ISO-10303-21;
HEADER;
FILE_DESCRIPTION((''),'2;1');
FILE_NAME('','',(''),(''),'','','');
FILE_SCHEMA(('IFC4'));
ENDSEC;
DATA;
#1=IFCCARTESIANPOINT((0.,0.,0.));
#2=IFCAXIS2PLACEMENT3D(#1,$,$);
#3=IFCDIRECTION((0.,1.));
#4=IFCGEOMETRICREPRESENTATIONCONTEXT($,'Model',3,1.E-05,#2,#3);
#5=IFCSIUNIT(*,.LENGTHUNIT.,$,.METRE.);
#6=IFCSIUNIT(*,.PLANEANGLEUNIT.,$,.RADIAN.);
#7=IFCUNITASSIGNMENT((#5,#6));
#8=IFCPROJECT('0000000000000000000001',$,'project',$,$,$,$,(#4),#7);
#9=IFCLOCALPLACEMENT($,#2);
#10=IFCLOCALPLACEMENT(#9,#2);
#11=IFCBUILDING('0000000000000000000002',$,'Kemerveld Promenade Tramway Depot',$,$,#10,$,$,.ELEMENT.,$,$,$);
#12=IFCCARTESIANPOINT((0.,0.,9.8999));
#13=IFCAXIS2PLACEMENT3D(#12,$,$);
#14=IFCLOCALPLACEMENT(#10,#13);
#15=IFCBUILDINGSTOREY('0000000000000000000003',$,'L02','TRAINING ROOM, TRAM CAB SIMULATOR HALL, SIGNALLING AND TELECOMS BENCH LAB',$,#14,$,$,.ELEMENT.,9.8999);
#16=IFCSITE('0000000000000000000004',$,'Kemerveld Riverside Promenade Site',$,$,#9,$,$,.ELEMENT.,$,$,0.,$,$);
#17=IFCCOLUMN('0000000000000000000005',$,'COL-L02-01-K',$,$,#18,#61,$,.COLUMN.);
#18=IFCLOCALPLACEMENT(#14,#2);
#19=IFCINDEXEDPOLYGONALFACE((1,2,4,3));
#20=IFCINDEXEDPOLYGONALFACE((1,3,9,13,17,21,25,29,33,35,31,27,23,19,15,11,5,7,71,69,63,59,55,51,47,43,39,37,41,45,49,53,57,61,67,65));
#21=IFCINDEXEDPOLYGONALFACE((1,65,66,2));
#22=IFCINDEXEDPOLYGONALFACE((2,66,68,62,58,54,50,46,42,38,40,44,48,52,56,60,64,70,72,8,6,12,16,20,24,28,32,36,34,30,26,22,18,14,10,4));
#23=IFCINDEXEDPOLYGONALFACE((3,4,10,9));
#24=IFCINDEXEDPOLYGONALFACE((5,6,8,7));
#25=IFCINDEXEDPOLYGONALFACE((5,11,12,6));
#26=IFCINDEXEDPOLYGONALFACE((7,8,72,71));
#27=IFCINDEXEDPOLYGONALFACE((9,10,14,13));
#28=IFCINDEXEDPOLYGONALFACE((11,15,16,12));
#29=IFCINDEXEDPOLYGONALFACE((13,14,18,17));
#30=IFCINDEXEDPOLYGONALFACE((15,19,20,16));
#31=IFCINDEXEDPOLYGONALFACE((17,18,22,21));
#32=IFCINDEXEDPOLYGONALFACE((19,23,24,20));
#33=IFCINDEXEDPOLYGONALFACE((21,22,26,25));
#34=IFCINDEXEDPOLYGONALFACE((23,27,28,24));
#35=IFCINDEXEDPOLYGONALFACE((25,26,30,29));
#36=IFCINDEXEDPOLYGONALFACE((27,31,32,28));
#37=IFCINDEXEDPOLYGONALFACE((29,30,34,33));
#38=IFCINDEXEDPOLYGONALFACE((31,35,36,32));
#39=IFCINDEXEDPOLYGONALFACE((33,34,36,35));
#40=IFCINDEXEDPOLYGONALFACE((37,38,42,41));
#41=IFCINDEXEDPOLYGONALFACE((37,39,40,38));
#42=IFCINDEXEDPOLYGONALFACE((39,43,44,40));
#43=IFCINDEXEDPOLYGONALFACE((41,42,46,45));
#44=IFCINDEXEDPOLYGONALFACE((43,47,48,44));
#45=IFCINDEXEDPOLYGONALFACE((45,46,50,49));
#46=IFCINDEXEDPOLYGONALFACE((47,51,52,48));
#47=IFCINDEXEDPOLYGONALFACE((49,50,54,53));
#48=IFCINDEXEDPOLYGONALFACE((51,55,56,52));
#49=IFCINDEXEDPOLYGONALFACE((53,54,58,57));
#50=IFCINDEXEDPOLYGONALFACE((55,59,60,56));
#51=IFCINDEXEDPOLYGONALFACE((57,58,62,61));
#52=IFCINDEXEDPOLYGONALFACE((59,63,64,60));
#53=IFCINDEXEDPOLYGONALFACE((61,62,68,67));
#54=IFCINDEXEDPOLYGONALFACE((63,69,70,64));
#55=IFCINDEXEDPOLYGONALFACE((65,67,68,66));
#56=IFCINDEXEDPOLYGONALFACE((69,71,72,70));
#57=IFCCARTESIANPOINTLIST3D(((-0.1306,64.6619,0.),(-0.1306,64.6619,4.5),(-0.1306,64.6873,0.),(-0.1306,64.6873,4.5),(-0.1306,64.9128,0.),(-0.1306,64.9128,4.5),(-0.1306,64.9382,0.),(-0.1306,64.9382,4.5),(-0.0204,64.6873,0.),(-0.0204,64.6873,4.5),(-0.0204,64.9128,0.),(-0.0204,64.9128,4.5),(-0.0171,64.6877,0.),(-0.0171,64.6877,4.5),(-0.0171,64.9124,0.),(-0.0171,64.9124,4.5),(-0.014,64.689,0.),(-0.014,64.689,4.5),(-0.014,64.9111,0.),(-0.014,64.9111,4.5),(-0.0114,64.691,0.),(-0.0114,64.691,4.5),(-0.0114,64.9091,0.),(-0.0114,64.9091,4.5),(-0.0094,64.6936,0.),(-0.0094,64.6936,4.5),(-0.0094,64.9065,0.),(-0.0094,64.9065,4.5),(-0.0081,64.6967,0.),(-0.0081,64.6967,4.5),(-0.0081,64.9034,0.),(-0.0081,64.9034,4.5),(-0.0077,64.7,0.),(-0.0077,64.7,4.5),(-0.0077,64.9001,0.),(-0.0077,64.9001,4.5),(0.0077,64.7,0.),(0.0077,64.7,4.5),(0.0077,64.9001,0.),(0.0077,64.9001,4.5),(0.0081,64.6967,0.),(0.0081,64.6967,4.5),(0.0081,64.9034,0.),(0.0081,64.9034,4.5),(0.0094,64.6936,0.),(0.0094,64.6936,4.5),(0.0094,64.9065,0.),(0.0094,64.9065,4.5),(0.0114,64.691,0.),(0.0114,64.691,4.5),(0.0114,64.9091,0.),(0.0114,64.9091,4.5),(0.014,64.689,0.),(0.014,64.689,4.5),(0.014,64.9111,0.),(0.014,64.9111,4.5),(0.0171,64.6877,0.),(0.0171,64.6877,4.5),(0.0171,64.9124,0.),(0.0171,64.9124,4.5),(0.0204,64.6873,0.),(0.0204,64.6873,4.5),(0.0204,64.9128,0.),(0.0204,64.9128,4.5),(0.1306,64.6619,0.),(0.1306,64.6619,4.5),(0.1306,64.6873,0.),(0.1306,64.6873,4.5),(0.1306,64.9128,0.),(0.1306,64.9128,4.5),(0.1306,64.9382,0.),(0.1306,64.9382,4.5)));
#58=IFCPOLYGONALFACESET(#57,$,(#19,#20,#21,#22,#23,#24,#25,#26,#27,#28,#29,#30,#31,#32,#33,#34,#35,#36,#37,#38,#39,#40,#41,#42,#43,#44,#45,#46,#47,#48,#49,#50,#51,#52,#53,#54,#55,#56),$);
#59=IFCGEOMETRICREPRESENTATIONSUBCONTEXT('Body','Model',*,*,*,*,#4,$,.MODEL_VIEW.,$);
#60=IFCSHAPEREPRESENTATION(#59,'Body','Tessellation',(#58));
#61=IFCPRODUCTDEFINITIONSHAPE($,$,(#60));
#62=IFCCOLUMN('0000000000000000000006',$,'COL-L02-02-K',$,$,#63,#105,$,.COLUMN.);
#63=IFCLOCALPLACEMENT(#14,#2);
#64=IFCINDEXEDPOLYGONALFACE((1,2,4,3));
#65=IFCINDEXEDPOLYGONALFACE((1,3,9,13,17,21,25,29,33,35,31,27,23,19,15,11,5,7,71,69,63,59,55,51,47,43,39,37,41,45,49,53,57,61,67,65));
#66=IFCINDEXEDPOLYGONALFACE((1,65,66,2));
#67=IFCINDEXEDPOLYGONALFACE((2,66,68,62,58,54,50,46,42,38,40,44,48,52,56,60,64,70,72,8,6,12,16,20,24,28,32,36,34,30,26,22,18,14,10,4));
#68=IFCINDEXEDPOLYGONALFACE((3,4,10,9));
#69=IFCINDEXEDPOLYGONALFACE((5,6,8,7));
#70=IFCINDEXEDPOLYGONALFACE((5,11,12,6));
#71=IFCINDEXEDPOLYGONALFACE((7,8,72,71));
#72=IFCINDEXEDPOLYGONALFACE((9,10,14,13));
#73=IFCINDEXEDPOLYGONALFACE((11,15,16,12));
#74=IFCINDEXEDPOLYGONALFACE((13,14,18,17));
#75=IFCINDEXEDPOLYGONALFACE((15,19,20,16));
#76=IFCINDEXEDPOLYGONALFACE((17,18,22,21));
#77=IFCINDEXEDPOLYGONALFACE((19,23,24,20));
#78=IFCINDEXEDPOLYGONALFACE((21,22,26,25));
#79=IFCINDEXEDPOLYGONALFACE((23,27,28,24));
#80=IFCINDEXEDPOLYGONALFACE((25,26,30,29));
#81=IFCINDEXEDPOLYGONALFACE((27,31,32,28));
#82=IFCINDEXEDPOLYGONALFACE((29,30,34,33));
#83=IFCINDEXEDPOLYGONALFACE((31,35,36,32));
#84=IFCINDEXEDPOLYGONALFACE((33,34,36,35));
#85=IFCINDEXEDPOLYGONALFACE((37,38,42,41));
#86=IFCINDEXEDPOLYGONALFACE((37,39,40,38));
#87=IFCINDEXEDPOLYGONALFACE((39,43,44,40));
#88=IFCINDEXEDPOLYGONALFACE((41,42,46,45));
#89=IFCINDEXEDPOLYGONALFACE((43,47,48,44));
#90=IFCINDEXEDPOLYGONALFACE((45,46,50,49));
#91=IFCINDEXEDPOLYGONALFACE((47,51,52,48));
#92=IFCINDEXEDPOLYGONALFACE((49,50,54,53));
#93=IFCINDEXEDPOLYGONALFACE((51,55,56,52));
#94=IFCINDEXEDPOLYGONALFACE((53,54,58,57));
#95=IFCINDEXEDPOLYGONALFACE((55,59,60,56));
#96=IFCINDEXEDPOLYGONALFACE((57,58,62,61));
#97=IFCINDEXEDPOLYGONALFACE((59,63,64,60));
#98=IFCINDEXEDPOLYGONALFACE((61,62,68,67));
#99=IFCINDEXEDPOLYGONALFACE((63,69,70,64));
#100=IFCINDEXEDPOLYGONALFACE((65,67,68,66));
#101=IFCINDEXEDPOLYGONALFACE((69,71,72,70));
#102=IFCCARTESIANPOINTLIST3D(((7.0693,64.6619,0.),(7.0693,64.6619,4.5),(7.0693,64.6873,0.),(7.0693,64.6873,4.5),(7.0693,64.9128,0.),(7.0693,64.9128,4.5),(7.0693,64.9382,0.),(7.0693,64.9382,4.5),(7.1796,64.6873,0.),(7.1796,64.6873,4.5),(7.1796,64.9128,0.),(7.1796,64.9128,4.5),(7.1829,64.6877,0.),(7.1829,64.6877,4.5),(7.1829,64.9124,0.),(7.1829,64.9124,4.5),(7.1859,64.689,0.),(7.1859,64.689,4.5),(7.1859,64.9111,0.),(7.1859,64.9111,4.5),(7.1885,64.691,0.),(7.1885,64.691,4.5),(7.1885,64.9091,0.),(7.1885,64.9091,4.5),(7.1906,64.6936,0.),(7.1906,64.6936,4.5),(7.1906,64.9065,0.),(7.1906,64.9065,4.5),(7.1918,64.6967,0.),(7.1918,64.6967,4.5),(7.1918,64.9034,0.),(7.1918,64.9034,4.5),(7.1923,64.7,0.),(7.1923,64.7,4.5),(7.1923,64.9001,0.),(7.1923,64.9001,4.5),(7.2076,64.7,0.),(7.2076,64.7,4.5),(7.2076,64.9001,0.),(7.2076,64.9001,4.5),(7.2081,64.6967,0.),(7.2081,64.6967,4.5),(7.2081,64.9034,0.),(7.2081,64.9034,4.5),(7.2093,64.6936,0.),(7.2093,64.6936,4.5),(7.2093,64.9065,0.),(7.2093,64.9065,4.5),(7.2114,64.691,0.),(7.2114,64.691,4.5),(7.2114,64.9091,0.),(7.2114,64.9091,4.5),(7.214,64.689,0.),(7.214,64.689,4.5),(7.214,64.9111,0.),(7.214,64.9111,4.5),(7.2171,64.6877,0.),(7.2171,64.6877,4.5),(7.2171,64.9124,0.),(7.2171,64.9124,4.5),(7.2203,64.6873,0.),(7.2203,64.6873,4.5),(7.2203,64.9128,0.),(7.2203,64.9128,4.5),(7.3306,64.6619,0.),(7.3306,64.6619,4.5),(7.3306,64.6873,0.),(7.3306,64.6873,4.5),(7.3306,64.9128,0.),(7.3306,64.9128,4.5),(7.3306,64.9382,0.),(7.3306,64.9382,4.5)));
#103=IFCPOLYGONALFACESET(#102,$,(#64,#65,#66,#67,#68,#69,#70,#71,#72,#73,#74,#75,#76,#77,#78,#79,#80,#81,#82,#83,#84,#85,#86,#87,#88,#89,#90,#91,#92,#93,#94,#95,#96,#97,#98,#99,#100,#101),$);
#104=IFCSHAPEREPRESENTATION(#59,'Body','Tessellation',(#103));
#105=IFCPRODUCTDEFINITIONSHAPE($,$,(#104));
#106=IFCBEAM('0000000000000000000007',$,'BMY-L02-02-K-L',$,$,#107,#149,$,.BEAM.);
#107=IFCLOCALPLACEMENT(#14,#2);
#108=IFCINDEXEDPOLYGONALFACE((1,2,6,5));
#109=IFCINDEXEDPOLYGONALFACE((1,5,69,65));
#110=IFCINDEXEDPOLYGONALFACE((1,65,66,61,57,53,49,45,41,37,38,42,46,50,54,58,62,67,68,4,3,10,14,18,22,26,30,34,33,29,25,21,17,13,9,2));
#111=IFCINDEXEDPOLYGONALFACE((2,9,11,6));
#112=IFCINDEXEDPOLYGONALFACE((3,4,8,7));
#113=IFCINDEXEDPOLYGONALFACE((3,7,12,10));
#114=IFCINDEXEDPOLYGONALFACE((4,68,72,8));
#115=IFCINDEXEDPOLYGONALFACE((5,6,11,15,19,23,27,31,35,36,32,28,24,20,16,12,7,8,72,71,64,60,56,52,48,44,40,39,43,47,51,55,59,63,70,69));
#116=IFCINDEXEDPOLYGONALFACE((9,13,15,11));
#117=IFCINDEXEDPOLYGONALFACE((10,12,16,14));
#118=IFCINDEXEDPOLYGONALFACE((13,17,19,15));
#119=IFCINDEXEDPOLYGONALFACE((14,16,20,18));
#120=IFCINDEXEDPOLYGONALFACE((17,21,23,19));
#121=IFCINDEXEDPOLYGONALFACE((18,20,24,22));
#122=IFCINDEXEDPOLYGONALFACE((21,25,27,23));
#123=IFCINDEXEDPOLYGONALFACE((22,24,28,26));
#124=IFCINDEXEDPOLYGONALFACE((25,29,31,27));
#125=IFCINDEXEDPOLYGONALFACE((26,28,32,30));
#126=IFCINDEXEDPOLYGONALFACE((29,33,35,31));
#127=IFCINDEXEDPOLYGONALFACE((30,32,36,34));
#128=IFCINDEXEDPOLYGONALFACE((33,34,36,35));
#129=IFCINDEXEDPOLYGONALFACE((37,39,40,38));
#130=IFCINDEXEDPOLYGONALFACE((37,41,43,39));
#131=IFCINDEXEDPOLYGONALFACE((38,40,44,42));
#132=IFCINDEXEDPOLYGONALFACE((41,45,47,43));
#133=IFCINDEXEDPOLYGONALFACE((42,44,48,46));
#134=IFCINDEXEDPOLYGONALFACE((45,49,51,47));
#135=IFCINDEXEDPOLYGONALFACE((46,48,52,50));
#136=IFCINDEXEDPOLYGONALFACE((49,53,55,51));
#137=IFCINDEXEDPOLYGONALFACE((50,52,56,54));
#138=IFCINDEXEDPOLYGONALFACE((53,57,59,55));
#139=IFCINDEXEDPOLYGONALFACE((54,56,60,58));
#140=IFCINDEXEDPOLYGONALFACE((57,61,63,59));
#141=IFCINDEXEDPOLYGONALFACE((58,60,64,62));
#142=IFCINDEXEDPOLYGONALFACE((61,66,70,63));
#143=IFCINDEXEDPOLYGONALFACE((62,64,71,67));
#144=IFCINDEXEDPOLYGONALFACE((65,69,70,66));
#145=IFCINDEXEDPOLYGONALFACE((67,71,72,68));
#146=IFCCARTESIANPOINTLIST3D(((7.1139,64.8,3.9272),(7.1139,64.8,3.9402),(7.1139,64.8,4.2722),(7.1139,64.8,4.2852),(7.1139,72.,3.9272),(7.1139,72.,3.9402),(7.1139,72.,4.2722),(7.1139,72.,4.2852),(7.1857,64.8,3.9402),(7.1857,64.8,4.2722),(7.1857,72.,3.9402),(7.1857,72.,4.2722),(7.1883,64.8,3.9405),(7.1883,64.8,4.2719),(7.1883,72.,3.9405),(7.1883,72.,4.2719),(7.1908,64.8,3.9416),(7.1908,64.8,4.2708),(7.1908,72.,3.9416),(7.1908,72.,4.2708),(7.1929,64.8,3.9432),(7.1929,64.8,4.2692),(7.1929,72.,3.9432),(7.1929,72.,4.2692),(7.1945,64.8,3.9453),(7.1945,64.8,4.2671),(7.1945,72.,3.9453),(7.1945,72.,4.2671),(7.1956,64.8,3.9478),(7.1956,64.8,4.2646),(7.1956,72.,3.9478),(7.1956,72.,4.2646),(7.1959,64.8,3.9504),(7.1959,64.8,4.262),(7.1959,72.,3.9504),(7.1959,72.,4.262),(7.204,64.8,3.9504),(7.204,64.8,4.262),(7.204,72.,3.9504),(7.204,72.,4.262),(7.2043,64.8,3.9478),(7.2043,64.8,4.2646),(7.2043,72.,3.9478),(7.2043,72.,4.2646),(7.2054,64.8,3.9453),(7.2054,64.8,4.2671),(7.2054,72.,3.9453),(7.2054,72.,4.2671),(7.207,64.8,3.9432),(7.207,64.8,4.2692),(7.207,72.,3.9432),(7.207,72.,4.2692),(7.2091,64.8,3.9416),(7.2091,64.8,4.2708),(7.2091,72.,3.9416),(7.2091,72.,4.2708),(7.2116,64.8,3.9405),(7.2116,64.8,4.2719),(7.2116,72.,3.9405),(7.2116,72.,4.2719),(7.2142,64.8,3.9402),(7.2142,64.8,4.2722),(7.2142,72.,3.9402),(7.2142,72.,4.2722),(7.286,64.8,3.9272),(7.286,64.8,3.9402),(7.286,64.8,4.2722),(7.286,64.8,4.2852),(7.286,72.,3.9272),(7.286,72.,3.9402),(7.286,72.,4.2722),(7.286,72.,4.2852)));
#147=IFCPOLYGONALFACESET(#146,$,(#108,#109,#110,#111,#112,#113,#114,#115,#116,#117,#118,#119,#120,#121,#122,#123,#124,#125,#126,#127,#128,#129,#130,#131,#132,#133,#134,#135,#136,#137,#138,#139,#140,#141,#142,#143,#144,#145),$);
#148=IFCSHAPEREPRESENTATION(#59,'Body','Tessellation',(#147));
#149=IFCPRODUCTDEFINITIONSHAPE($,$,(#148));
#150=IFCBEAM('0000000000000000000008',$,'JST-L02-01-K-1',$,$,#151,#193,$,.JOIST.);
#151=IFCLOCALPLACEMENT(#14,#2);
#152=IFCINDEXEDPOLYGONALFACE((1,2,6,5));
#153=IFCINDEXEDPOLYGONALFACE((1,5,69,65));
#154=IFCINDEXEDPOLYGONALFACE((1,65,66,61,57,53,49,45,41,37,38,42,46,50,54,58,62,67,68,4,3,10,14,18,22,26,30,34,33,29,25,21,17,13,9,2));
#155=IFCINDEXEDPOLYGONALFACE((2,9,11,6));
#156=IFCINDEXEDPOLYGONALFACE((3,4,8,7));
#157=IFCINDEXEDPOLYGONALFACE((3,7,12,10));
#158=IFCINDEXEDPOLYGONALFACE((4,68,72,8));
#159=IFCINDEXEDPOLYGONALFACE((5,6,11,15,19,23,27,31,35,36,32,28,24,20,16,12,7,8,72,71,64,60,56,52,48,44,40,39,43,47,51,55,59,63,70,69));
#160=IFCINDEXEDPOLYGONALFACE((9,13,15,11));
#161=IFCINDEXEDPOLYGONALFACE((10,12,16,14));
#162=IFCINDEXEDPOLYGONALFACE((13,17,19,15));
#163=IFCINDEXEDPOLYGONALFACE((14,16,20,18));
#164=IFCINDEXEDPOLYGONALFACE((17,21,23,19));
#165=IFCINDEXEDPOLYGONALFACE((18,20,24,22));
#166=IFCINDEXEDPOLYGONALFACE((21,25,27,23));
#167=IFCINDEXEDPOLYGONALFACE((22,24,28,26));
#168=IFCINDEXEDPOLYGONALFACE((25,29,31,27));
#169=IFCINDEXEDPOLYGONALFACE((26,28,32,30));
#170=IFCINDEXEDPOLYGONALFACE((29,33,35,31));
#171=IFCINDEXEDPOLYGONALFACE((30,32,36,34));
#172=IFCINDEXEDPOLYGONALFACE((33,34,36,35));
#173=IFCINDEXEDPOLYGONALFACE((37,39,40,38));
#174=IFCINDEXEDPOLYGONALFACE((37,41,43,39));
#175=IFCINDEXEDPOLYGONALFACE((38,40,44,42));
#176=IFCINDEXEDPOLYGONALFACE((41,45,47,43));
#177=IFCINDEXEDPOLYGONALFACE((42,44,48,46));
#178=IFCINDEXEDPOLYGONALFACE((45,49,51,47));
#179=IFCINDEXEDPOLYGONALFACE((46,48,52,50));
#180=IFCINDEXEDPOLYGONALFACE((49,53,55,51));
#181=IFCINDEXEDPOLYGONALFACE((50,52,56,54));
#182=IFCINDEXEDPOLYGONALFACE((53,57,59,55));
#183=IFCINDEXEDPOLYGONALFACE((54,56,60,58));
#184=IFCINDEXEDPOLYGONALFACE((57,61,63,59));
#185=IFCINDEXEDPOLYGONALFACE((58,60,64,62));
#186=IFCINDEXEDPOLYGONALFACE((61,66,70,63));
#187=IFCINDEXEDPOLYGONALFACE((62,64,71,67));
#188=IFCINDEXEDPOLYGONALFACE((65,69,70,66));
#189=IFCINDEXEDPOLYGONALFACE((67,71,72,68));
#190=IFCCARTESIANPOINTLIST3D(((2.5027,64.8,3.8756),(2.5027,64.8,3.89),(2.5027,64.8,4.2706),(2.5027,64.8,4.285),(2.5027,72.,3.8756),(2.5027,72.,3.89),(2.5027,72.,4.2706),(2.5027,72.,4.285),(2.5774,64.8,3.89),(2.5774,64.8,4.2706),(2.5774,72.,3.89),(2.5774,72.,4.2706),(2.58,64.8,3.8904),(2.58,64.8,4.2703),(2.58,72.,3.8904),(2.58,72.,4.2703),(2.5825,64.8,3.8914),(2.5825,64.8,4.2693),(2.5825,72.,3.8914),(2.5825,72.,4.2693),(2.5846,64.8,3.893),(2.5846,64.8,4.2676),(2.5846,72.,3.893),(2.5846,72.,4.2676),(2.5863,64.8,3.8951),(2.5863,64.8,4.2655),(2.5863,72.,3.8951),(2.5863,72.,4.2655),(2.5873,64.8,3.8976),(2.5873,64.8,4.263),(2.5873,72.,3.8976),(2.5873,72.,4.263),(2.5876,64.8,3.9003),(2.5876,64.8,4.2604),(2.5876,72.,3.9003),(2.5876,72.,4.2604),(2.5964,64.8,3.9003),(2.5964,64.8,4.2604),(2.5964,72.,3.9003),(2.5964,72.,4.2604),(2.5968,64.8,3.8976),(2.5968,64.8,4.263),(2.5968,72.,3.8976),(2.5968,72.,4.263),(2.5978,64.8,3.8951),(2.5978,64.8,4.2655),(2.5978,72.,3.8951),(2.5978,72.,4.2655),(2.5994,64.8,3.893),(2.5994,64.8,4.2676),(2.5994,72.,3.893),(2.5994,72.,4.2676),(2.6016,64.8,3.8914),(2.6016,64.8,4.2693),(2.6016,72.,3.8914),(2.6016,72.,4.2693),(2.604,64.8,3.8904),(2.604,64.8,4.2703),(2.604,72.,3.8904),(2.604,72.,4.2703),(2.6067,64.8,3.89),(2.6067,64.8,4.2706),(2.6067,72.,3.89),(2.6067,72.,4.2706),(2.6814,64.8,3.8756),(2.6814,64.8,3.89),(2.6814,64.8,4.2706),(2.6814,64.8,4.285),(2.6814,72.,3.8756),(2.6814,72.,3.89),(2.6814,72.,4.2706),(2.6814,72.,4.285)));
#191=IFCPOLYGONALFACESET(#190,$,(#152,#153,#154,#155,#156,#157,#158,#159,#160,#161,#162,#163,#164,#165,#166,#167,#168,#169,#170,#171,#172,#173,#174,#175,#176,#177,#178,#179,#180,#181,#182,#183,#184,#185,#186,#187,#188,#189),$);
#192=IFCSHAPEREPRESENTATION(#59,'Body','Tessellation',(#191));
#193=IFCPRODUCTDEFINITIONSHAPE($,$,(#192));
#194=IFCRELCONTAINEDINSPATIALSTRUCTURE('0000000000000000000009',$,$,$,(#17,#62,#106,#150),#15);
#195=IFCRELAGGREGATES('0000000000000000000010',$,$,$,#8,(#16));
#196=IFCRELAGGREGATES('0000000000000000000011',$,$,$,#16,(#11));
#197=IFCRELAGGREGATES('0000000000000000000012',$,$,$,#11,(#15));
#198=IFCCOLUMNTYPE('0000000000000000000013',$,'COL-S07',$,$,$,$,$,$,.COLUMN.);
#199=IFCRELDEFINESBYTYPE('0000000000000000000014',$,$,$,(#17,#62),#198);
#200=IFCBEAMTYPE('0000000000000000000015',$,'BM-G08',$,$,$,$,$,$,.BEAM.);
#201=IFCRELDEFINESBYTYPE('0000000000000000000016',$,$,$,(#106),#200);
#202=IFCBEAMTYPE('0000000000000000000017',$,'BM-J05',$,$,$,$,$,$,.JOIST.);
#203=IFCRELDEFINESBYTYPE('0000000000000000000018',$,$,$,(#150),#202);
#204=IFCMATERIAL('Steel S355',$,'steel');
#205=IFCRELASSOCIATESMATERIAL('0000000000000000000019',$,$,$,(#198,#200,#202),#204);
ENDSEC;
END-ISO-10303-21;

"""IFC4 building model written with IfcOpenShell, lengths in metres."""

from ifc_helpers import new_model, si_unit, direction, frame, origin, origin_2d, place, context, subcontext, project, spatial, i_section, extrude, material, material_profile, profile_set, type_object, element, save


model = new_model("IFC4")

# Units and contexts
model_context = context("Model", 3, precision=1e-05, world=origin(), true_north=direction((0.0, 1.0)))
body_context = subcontext(model_context, "Body", "Model", "MODEL_VIEW")
ifc_project = project(units=[si_unit("LENGTHUNIT", "METRE"), si_unit("PLANEANGLEUNIT", "RADIAN")], contexts=[model_context])

# Site, building, storey
site_placement = place(None, origin())
site = spatial("IfcSite", under=ifc_project, at=site_placement, Name="Kemerveld Riverside Promenade Site", CompositionType="ELEMENT", RefElevation=0.0)
building_placement = place(site_placement, origin())
building = spatial("IfcBuilding", under=site, at=building_placement, Name="Kemerveld Promenade Tramway Depot", CompositionType="ELEMENT")
storey_placement = place(building_placement, frame((0.0, 0.0, 9.8999)))
storey = spatial("IfcBuildingStorey", under=building, at=storey_placement, Name="L02", Description="TRAINING ROOM, TRAM CAB SIMULATOR HALL, SIGNALLING AND TELECOMS BENCH LAB", CompositionType="ELEMENT", Elevation=9.8999)

# Columns
ifc_material_1 = material(Name="Steel S355", Category="steel")
ifc_material_profile_1 = material_profile(ifc_material_1, i_section(OverallWidth=0.2612, OverallDepth=0.2764, WebThickness=0.0154, FlangeThickness=0.0254, FilletRadius=0.0127, at=origin_2d()), Name="254x254x132 UC")
ifc_profile_set_1 = profile_set([ifc_material_profile_1], Name="Steel S355")
column_type = type_object("IfcColumnType", Name="COL-S07", PredefinedType="COLUMN", material=ifc_profile_set_1)
for number, where, z_axis, x_axis, name in (
    (1, (0.0, 64.8, 0.0), (0.0, 0.0, 1.0), (1.0, 0.0, 0.0), "COL-L02-01-K"),
    (2, (7.2, 64.8, 0.0), (0.0, 0.0, 1.0), (1.0, 0.0, 0.0), "COL-L02-02-K"),
):
    element("IfcColumn", number, at=place(storey_placement, frame(where, z_axis=z_axis, x_axis=x_axis)), inside=storey, type_object=column_type, Name=name, PredefinedType="COLUMN", context=body_context, shape_type="SweptSolid", body=[
        extrude(i_section(OverallWidth=0.2612, OverallDepth=0.2764, WebThickness=0.0154, FlangeThickness=0.0254, FilletRadius=0.0127, at=origin_2d()), origin(), (0.0, 0.0, 1.0), 4.5),
    ])

# Beams
ifc_material_profile_2 = material_profile(ifc_material_1, i_section(OverallWidth=0.1721, OverallDepth=0.3579, WebThickness=0.0081, FlangeThickness=0.0129, FilletRadius=0.0103, at=origin_2d()), Name="356x171x57 UB")
ifc_profile_set_2 = profile_set([ifc_material_profile_2], Name="Steel S355")
beam_type_1 = type_object("IfcBeamType", Name="BM-G08", PredefinedType="BEAM", material=ifc_profile_set_2)
beam_1_placement = place(storey_placement, frame((7.2, 64.8, 4.1062), z_axis=(0.0, 1.0, 0.0), x_axis=(-1.0, 0.0, 0.0)))
element("IfcBeam", 3, at=beam_1_placement, inside=storey, type_object=beam_type_1, Name="BMY-L02-02-K-L", PredefinedType="BEAM", context=body_context, shape_type="SweptSolid", body=[
    extrude(i_section(OverallWidth=0.1721, OverallDepth=0.3579, WebThickness=0.0081, FlangeThickness=0.0129, FilletRadius=0.0103, at=origin_2d()), origin(), (0.0, 0.0, 1.0), 7.2),
])
ifc_material_profile_3 = material_profile(ifc_material_1, i_section(OverallWidth=0.1787, OverallDepth=0.4094, WebThickness=0.0088, FlangeThickness=0.0144, FilletRadius=0.0103, at=origin_2d()), Name="406x178x67 UB")
ifc_profile_set_3 = profile_set([ifc_material_profile_3], Name="Steel S355")
beam_type_2 = type_object("IfcBeamType", Name="BM-J05", PredefinedType="JOIST", material=ifc_profile_set_3)
for number, where, z_axis, x_axis, name in (
    (4, (2.592, 64.8, 4.0803), (0.0, 1.0, 0.0), (-1.0, 0.0, 0.0), "JST-L02-01-K-1"),
):
    element("IfcBeam", number, at=place(storey_placement, frame(where, z_axis=z_axis, x_axis=x_axis)), inside=storey, type_object=beam_type_2, Name=name, PredefinedType="JOIST", context=body_context, shape_type="SweptSolid", body=[
        extrude(i_section(OverallWidth=0.1787, OverallDepth=0.4094, WebThickness=0.0088, FlangeThickness=0.0144, FilletRadius=0.0103, at=origin_2d()), origin(), (0.0, 0.0, 1.0), 7.2),
    ])

save(model, "model.ifc")
